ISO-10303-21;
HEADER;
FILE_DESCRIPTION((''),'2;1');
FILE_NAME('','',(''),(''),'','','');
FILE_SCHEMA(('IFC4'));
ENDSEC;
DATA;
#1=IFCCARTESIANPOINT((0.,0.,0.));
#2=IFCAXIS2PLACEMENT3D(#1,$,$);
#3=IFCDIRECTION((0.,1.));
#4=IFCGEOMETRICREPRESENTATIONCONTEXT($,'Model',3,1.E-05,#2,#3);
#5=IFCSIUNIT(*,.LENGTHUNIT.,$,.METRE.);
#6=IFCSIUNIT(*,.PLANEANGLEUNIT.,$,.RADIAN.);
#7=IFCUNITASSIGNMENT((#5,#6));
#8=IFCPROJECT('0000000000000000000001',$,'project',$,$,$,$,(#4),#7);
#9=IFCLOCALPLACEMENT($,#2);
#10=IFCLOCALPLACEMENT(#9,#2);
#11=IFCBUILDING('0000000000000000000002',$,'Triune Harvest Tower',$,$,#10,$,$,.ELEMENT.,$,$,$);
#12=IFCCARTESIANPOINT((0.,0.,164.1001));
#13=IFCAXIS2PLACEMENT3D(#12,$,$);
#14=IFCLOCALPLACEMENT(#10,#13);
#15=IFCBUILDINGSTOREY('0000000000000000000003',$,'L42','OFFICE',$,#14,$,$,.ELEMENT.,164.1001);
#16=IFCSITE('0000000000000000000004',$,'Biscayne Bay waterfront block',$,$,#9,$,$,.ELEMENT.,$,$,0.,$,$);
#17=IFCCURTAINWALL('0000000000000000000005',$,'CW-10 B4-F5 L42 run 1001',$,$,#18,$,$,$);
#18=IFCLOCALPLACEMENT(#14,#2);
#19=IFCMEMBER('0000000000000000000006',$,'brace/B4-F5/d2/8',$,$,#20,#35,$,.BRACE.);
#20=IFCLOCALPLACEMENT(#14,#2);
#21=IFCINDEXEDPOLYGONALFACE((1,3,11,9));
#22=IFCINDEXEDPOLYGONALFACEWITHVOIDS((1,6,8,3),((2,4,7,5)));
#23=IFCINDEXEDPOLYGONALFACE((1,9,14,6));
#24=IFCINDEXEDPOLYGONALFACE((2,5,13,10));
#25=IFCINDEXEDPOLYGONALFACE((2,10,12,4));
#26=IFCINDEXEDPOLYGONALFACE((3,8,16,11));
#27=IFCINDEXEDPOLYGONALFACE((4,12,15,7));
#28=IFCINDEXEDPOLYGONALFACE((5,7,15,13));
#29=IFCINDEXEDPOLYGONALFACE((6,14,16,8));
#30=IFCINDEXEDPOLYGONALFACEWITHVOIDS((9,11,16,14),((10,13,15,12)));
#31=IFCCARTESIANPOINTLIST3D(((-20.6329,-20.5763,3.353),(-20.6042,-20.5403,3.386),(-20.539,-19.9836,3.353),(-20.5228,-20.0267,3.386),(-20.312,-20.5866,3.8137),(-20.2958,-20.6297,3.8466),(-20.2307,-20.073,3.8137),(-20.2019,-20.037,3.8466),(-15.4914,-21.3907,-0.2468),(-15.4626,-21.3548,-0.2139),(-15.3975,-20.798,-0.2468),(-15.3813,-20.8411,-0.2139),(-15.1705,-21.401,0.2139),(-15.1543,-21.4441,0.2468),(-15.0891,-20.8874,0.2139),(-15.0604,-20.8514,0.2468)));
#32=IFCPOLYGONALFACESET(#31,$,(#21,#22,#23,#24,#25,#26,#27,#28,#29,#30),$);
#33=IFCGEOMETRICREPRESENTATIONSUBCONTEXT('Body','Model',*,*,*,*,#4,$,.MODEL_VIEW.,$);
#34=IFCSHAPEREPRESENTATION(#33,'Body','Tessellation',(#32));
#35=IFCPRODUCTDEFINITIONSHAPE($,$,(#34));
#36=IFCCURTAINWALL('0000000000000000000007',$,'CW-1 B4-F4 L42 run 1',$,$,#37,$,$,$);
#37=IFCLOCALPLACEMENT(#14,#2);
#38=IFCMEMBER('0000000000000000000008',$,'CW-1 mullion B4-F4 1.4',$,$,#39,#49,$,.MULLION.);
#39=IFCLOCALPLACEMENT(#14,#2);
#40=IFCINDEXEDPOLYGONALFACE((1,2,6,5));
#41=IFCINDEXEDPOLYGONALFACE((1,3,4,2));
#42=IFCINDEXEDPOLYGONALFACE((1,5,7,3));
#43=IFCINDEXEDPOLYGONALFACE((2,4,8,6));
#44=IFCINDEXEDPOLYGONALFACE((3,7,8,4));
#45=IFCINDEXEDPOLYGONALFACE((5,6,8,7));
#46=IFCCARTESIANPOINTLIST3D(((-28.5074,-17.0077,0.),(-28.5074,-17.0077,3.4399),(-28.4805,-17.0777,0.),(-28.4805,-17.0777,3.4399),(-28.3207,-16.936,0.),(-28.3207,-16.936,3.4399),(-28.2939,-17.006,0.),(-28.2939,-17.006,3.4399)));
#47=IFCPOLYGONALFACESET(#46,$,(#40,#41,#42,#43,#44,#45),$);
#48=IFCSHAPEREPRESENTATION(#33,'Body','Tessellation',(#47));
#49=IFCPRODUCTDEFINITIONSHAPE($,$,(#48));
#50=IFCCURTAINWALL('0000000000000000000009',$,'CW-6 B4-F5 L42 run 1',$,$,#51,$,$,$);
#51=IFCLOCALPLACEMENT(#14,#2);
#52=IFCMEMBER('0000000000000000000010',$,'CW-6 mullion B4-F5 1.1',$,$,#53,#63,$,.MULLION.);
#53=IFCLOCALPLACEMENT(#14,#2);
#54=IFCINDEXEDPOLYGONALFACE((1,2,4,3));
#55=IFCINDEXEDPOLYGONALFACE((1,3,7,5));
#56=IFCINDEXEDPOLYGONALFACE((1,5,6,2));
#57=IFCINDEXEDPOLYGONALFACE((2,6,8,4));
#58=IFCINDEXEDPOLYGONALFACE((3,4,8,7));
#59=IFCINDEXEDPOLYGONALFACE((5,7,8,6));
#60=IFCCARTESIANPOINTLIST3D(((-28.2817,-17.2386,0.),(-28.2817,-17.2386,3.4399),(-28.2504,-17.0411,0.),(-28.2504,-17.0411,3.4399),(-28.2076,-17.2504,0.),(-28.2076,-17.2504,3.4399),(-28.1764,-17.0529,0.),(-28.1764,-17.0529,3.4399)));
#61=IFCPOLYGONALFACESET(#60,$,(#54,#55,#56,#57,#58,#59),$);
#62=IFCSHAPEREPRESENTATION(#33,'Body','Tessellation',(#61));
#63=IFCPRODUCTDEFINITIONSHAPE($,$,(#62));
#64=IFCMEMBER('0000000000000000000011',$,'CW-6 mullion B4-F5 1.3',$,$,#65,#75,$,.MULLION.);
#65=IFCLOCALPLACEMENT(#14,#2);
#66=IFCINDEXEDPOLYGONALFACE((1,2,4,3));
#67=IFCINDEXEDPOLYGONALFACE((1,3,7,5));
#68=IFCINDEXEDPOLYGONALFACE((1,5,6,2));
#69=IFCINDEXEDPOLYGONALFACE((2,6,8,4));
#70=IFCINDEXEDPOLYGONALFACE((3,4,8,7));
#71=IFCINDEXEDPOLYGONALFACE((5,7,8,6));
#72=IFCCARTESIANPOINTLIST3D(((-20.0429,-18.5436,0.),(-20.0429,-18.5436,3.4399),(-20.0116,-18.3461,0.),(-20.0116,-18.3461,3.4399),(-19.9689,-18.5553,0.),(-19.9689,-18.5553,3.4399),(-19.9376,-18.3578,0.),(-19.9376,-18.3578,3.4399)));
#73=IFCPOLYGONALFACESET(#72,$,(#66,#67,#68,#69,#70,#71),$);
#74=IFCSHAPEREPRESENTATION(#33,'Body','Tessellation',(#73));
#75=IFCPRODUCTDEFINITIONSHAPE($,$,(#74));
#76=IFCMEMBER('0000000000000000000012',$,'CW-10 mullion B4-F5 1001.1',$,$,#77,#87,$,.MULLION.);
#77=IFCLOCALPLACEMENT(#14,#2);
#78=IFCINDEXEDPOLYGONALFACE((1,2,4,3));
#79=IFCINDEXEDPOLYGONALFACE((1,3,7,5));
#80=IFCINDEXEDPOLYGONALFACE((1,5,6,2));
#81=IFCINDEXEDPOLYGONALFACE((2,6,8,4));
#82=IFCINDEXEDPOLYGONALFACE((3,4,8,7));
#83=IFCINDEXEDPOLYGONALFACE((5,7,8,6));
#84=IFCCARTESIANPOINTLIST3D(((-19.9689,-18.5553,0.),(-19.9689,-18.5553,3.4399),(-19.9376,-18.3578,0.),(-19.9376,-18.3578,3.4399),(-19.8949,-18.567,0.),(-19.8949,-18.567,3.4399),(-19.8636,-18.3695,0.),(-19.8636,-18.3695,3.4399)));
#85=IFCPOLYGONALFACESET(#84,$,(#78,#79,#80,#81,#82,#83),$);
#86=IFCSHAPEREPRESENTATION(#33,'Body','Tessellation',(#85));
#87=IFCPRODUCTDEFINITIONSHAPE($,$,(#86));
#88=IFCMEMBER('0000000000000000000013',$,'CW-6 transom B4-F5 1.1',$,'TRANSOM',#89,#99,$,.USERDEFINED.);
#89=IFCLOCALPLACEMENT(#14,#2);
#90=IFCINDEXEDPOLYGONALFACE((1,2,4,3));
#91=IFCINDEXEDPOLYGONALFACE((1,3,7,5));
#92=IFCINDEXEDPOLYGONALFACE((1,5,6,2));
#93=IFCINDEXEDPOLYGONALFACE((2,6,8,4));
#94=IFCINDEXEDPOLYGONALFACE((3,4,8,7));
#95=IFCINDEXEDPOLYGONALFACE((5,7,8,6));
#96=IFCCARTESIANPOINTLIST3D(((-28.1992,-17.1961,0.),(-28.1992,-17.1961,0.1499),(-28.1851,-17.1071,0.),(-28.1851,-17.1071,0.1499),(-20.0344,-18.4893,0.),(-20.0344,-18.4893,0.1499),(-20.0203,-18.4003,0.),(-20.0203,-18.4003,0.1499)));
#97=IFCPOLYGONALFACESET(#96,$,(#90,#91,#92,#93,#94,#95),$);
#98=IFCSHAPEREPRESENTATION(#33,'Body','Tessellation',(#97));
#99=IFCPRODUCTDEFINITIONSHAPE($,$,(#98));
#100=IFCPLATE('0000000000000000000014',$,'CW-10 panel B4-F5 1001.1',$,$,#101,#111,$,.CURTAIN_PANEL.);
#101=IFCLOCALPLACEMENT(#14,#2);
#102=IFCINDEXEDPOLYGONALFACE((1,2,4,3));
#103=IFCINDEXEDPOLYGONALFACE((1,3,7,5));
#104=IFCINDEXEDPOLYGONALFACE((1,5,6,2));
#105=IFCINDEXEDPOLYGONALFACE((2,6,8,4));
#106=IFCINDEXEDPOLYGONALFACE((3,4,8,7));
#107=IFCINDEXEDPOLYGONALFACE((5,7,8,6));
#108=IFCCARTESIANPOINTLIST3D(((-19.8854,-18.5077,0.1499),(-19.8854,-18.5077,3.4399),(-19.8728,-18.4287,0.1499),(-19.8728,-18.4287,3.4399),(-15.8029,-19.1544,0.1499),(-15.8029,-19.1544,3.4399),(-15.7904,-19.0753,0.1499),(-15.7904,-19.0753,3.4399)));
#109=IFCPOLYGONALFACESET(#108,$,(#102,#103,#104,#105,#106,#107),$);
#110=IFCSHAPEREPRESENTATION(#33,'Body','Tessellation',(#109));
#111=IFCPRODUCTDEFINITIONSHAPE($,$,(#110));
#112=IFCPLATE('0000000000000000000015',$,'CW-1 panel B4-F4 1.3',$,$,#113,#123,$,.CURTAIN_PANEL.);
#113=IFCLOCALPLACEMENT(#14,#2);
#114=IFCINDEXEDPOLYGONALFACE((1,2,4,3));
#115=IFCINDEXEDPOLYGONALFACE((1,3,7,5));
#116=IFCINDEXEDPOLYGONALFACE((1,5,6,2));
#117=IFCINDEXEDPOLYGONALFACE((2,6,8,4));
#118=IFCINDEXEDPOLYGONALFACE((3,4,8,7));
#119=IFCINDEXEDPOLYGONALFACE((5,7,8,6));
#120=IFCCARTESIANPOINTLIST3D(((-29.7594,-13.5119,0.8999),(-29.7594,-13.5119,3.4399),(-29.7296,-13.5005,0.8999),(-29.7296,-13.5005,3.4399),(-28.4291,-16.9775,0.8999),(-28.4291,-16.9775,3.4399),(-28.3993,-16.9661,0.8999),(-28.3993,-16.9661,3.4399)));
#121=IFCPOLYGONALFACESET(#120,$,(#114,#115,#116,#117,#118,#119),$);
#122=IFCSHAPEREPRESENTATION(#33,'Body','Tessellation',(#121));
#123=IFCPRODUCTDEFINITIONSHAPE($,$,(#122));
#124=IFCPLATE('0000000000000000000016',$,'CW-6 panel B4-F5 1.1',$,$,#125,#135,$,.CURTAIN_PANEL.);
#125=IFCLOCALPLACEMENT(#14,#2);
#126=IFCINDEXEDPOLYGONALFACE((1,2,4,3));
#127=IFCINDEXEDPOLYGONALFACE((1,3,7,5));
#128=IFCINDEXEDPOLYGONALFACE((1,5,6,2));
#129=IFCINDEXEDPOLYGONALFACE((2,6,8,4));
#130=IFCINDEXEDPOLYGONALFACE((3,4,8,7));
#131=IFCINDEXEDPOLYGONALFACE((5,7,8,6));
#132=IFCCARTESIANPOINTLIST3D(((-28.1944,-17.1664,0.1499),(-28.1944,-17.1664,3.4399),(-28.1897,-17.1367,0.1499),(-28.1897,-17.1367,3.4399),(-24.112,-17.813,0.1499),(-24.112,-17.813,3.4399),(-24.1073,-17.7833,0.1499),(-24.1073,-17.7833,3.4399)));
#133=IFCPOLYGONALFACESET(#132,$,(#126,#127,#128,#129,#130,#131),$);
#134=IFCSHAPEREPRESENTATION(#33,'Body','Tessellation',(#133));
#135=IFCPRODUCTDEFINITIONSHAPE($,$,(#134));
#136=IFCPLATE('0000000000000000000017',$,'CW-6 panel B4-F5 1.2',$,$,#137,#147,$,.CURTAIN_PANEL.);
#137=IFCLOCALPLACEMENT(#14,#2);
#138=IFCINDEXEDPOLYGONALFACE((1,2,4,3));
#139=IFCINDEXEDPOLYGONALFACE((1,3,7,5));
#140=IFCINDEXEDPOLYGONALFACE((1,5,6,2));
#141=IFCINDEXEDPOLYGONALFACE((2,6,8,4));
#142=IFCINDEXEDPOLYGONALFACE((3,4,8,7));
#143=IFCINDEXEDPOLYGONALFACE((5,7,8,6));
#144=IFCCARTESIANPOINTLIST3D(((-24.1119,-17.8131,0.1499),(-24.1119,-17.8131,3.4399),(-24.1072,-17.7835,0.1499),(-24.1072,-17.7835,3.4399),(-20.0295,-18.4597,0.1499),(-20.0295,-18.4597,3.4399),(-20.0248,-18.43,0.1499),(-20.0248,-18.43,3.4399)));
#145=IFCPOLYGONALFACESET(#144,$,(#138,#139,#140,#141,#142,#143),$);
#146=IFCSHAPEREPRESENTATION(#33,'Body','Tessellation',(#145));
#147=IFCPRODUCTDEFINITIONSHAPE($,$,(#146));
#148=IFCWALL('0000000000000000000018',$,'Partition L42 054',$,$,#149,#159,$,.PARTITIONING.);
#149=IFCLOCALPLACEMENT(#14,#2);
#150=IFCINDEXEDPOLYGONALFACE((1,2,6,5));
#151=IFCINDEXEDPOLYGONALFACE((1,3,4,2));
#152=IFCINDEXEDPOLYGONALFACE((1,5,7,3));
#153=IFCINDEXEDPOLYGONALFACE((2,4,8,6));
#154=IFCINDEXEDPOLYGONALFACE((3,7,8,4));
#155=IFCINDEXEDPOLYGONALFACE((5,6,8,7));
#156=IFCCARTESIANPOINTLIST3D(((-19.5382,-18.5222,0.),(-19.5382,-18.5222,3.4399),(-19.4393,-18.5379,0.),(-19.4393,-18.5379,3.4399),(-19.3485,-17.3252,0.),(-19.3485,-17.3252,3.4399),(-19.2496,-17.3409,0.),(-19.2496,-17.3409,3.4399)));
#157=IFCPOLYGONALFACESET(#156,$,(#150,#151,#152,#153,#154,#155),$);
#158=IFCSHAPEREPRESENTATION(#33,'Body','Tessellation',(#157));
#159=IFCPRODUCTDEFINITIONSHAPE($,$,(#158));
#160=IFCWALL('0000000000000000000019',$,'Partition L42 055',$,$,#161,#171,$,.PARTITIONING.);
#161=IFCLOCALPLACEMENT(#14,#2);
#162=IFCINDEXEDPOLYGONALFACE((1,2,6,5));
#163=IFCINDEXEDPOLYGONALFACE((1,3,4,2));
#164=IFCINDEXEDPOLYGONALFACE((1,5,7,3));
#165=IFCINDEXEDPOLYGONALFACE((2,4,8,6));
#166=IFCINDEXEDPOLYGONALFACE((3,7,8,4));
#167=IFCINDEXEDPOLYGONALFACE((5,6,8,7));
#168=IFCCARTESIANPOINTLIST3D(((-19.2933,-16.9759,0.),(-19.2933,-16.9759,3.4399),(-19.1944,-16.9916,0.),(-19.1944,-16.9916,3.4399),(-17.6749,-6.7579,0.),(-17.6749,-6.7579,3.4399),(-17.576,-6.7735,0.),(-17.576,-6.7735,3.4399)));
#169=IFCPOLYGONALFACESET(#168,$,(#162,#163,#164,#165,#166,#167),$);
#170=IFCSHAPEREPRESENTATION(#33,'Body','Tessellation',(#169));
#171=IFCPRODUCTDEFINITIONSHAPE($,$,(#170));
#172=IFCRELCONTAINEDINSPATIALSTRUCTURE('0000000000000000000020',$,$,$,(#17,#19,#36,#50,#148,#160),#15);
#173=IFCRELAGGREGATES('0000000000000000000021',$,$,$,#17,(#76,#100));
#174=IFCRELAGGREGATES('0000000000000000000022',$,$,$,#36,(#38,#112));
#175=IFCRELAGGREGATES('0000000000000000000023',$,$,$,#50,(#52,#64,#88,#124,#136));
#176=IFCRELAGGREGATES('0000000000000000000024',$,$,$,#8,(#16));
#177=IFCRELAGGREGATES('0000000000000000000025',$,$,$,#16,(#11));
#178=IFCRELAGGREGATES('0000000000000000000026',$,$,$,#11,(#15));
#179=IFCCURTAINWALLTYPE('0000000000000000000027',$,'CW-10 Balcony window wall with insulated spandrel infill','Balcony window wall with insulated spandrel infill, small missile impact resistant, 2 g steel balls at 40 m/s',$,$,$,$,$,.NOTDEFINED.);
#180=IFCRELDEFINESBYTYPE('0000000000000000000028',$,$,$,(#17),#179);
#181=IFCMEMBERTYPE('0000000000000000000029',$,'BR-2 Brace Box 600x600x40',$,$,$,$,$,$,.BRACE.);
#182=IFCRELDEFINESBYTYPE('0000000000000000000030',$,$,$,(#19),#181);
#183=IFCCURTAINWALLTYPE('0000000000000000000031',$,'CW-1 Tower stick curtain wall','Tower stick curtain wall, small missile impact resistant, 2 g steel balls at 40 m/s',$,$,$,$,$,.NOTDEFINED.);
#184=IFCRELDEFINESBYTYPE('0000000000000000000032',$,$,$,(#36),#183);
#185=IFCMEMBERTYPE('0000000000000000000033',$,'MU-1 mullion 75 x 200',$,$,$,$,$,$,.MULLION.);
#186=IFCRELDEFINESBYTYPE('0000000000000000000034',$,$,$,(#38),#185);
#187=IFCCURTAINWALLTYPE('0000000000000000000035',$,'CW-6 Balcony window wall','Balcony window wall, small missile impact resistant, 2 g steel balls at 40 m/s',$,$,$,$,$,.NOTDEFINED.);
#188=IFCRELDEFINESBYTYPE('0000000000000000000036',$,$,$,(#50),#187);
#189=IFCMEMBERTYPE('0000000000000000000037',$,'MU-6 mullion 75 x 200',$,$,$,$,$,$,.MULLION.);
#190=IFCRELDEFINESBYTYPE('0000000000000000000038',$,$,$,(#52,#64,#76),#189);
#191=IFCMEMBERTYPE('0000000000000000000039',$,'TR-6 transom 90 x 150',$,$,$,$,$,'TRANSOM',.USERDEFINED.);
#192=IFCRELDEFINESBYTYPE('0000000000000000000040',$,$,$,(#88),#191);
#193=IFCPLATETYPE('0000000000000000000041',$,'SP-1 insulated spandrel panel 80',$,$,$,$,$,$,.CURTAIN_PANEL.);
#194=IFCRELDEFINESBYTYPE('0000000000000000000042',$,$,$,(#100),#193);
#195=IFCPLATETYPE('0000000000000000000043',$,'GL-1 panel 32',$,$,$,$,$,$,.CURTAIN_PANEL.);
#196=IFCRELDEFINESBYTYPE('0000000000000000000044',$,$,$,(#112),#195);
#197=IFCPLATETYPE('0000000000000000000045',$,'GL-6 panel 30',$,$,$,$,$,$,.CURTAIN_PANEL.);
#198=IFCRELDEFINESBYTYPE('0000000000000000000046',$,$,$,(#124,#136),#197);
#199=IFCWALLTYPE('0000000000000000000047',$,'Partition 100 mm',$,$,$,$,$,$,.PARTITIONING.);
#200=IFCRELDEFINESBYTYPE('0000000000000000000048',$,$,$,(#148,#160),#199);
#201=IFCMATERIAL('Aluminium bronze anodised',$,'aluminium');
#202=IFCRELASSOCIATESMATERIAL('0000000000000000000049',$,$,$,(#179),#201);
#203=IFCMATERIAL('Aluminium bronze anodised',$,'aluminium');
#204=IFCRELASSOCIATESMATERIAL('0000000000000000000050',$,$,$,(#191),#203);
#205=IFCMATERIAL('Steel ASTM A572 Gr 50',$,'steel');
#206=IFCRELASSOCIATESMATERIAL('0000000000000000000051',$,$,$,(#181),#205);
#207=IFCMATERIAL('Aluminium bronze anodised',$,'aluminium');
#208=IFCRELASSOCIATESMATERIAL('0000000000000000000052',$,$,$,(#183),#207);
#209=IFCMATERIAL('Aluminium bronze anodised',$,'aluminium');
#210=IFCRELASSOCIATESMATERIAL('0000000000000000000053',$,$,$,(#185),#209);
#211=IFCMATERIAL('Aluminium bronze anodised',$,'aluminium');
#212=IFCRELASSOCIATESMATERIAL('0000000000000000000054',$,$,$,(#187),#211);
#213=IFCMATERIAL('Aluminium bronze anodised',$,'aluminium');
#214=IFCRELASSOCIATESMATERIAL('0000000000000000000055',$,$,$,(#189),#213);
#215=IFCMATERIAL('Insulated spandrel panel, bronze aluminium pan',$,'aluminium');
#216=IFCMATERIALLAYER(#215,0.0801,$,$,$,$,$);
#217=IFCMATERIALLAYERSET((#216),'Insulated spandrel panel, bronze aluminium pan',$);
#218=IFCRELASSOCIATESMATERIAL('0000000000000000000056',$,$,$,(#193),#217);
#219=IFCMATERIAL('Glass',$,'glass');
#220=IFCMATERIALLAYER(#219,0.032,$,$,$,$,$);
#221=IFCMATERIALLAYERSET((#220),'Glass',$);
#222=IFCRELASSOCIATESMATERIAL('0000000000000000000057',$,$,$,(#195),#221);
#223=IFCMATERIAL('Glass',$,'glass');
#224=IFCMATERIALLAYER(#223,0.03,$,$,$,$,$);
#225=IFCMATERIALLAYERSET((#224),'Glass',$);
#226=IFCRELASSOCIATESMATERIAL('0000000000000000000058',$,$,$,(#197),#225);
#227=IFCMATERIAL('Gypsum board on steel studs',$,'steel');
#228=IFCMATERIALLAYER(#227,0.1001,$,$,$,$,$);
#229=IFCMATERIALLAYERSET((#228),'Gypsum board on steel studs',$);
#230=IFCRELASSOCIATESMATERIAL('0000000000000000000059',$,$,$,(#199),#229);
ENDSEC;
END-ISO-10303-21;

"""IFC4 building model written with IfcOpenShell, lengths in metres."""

from ifc_helpers import new_model, si_unit, direction, frame, frame_2d, origin, origin_2d, place, context, subcontext, project, spatial, rectangle, hollow_rectangle, extrude, source, transform, mapped, material, layer, layer_set, material_profile, profile_set, type_object, element, aggregate, save


model = new_model("IFC4")

# Units and contexts
model_context = context("Model", 3, precision=1e-05, world=origin(), true_north=direction((0.0, 1.0)))
body_context = subcontext(model_context, "Body", "Model", "MODEL_VIEW")
ifc_project = project(units=[si_unit("LENGTHUNIT", "METRE"), si_unit("PLANEANGLEUNIT", "RADIAN")], contexts=[model_context])

# Site, building, storey
site_placement = place(None, origin())
site = spatial("IfcSite", under=ifc_project, at=site_placement, Name="Biscayne Bay waterfront block", CompositionType="ELEMENT", RefElevation=0.0)
building_placement = place(site_placement, origin())
building = spatial("IfcBuilding", under=site, at=building_placement, Name="Triune Harvest Tower", CompositionType="ELEMENT")
storey_placement = place(building_placement, frame((0.0, 0.0, 164.1001)))
storey = spatial("IfcBuildingStorey", under=building, at=storey_placement, Name="L42", Description="OFFICE", CompositionType="ELEMENT", Elevation=164.1001)

# Curtain wall
ifc_material_1 = material(Name="Aluminium bronze anodised", Category="aluminium")
curtain_wall_type_1 = type_object("IfcCurtainWallType", Name="CW-10 Balcony window wall with insulated spandrel infill", Description="Balcony window wall with insulated spandrel infill, small missile impact resistant, 2 g steel balls at 40 m/s", PredefinedType="NOTDEFINED", material=ifc_material_1)
curtain_wall_1_placement = place(storey_placement, origin())
curtain_wall_1 = element("IfcCurtainWall", 1, at=curtain_wall_1_placement, inside=storey, type_object=curtain_wall_type_1, Name="CW-10 B4-F5 L42 run 1001")
ifc_material_2 = material(Name="Aluminium bronze anodised", Category="aluminium")
ifc_material_profile_1 = material_profile(ifc_material_2, rectangle(XDim=0.0901, YDim=0.1499, at=origin_2d()), Name="TR-6 transom 90 x 150")
ifc_profile_set_1 = profile_set([ifc_material_profile_1], Name="Aluminium bronze anodised")
member_type_1 = type_object("IfcMemberType", Name="TR-6 transom 90 x 150", ElementType="TRANSOM", PredefinedType="USERDEFINED", material=ifc_profile_set_1)

# Member
ifc_material_3 = material(Name="Steel ASTM A572 Gr 50", Category="steel")
ifc_material_profile_2 = material_profile(ifc_material_3, hollow_rectangle(XDim=0.6001, YDim=0.6001, WallThickness=0.04, at=origin_2d()), Name="Box 600x600x40")
ifc_profile_set_2 = profile_set([ifc_material_profile_2], Name="Steel ASTM A572 Gr 50")
member_type_2 = type_object("IfcMemberType", Name="BR-2 Brace Box 600x600x40", PredefinedType="BRACE", material=ifc_profile_set_2)
shared_shape_1 = source(origin(), body_context, "Body", "SweptSolid", [
    extrude(hollow_rectangle(XDim=0.6001, YDim=0.6001, WallThickness=0.04, at=origin_2d()), origin(), (0.0, 0.0, 1.0), 6.3291),
])
member_1_placement = place(storey_placement, frame((-15.2759, -21.1211, 0.0), z_axis=(-0.812366, 0.128683, 0.568772), x_axis=(-0.156454, -0.987685, 0.0)))
element("IfcMember", 2, at=member_1_placement, inside=storey, type_object=member_type_2, Name="brace/B4-F5/d2/8", PredefinedType="BRACE", context=body_context, shape_type="MappedRepresentation", body=[
    mapped(shared_shape_1, transform((0.0, 0.0, 0.0), scale=1.0)),
])

# Curtain wall, member
ifc_material_4 = material(Name="Aluminium bronze anodised", Category="aluminium")
curtain_wall_type_2 = type_object("IfcCurtainWallType", Name="CW-1 Tower stick curtain wall", Description="Tower stick curtain wall, small missile impact resistant, 2 g steel balls at 40 m/s", PredefinedType="NOTDEFINED", material=ifc_material_4)
curtain_wall_2_placement = place(storey_placement, origin())
curtain_wall_2 = element("IfcCurtainWall", 3, at=curtain_wall_2_placement, inside=storey, type_object=curtain_wall_type_2, Name="CW-1 B4-F4 L42 run 1")
ifc_material_5 = material(Name="Aluminium bronze anodised", Category="aluminium")
ifc_material_profile_3 = material_profile(ifc_material_5, rectangle(XDim=0.2, YDim=0.075, at=origin_2d()), Name="MU-1 mullion 75 x 200")
ifc_profile_set_3 = profile_set([ifc_material_profile_3], Name="Aluminium bronze anodised")
member_type_3 = type_object("IfcMemberType", Name="MU-1 mullion 75 x 200", PredefinedType="MULLION", material=ifc_profile_set_3)
shared_shape_2 = source(origin(), body_context, "Body", "SweptSolid", [
    extrude(rectangle(XDim=0.2, YDim=0.075, at=origin_2d()), origin(), (0.0, 0.0, 1.0), 3.4399),
])
member_2_placement = place(storey_placement, frame((-28.4006, -17.0068, 0.0), z_axis=(0.0, 0.0, 1.0), x_axis=(0.93358, 0.358369, 0.0)))
member_2 = element("IfcMember", 4, at=member_2_placement, type_object=member_type_3, Name="CW-1 mullion B4-F4 1.4", PredefinedType="MULLION", context=body_context, shape_type="MappedRepresentation", body=[
    mapped(shared_shape_2, transform((0.0, 0.0, 0.0), scale=1.0)),
])

# Curtain wall, members
ifc_material_6 = material(Name="Aluminium bronze anodised", Category="aluminium")
curtain_wall_type_3 = type_object("IfcCurtainWallType", Name="CW-6 Balcony window wall", Description="Balcony window wall, small missile impact resistant, 2 g steel balls at 40 m/s", PredefinedType="NOTDEFINED", material=ifc_material_6)
curtain_wall_3_placement = place(storey_placement, origin())
curtain_wall_3 = element("IfcCurtainWall", 5, at=curtain_wall_3_placement, inside=storey, type_object=curtain_wall_type_3, Name="CW-6 B4-F5 L42 run 1")
ifc_material_7 = material(Name="Aluminium bronze anodised", Category="aluminium")
ifc_material_profile_4 = material_profile(ifc_material_7, rectangle(XDim=0.2, YDim=0.075, at=origin_2d()), Name="MU-6 mullion 75 x 200")
ifc_profile_set_4 = profile_set([ifc_material_profile_4], Name="Aluminium bronze anodised")
member_type_4 = type_object("IfcMemberType", Name="MU-6 mullion 75 x 200", PredefinedType="MULLION", material=ifc_profile_set_4)
shared_shape_3 = source(origin(), body_context, "Body", "SweptSolid", [
    extrude(rectangle(XDim=0.2, YDim=0.075, at=origin_2d()), origin(), (0.0, 0.0, 1.0), 3.4399),
])
member_3_placement = place(storey_placement, frame((-28.229, -17.1458, 0.0), z_axis=(0.0, 0.0, 1.0), x_axis=(0.156433, 0.987689, 0.0)))
member_3 = element("IfcMember", 6, at=member_3_placement, type_object=member_type_4, Name="CW-6 mullion B4-F5 1.1", PredefinedType="MULLION", context=body_context, shape_type="MappedRepresentation", body=[
    mapped(shared_shape_3, transform((0.0, 0.0, 0.0), scale=1.0)),
])
member_4_placement = place(storey_placement, frame((-19.9902, -18.4507, 0.0), z_axis=(0.0, 0.0, 1.0), x_axis=(0.156433, 0.987689, 0.0)))
member_4 = element("IfcMember", 7, at=member_4_placement, type_object=member_type_4, Name="CW-6 mullion B4-F5 1.3", PredefinedType="MULLION", context=body_context, shape_type="MappedRepresentation", body=[
    mapped(shared_shape_3, transform((0.0, 0.0, 0.0), scale=1.0)),
])

# Members
member_5_placement = place(storey_placement, frame((-19.9163, -18.4624, 0.0), z_axis=(0.0, 0.0, 1.0), x_axis=(0.156438, 0.987688, 0.0)))
member_5 = element("IfcMember", 8, at=member_5_placement, type_object=member_type_4, Name="CW-10 mullion B4-F5 1001.1", PredefinedType="MULLION", context=body_context, shape_type="MappedRepresentation", body=[
    mapped(shared_shape_3, transform((0.0, 0.0, 0.0), scale=1.0)),
])
shared_shape_4 = source(origin(), body_context, "Body", "SweptSolid", [
    extrude(rectangle(XDim=0.0901, YDim=0.1499, at=origin_2d()), origin(), (0.0, 0.0, 1.0), 8.2666),
])
member_6_placement = place(storey_placement, frame((-28.1921, -17.1516, 0.075), z_axis=(0.987688, -0.156439, 0.0), x_axis=(0.156439, 0.987688, 0.0)))
member_6 = element("IfcMember", 9, at=member_6_placement, type_object=member_type_1, Name="CW-6 transom B4-F5 1.1", ObjectType="TRANSOM", PredefinedType="USERDEFINED", context=body_context, shape_type="MappedRepresentation", body=[
    mapped(shared_shape_4, transform((0.0, 0.0, 0.0), scale=1.0)),
])

# Plates
ifc_material_8 = material(Name="Insulated spandrel panel, bronze aluminium pan", Category="aluminium")
ifc_layer_1 = layer(ifc_material_8, 0.0801)
ifc_layer_set_1 = layer_set([ifc_layer_1], Name="Insulated spandrel panel, bronze aluminium pan")
plate_type_1 = type_object("IfcPlateType", Name="SP-1 insulated spandrel panel 80", PredefinedType="CURTAIN_PANEL", material=ifc_layer_set_1)
shared_shape_5 = source(origin(), body_context, "Body", "SweptSolid", [
    extrude(rectangle(XDim=4.1333, YDim=0.0801, at=origin_2d()), origin(), (0.0, 0.0, 1.0), 3.29),
])
plate_1_placement = place(storey_placement, frame((-17.8379, -18.7915, 0.1499), z_axis=(0.0, 0.0, 1.0), x_axis=(0.987688, -0.156438, 0.0)))
plate_1 = element("IfcPlate", 10, at=plate_1_placement, type_object=plate_type_1, Name="CW-10 panel B4-F5 1001.1", PredefinedType="CURTAIN_PANEL", context=body_context, shape_type="MappedRepresentation", body=[
    mapped(shared_shape_5, transform((0.0, 0.0, 0.0), scale=1.0)),
])
aggregate(curtain_wall_1, [member_5, plate_1])
ifc_material_9 = material(Name="Glass", Category="glass")
ifc_layer_2 = layer(ifc_material_9, 0.032)
ifc_layer_set_2 = layer_set([ifc_layer_2], Name="Glass")
plate_type_2 = type_object("IfcPlateType", Name="GL-1 panel 32", PredefinedType="CURTAIN_PANEL", material=ifc_layer_set_2)
shared_shape_6 = source(origin(), body_context, "Body", "SweptSolid", [
    extrude(rectangle(XDim=3.7122, YDim=0.032, at=origin_2d()), origin(), (0.0, 0.0, 1.0), 2.54),
])
plate_2_placement = place(storey_placement, frame((-29.0793, -15.239, 0.8999), z_axis=(0.0, 0.0, 1.0), x_axis=(0.358369, -0.93358, 0.0)))
plate_2 = element("IfcPlate", 11, at=plate_2_placement, type_object=plate_type_2, Name="CW-1 panel B4-F4 1.3", PredefinedType="CURTAIN_PANEL", context=body_context, shape_type="MappedRepresentation", body=[
    mapped(shared_shape_6, transform((0.0, 0.0, 0.0), scale=1.0)),
])
aggregate(curtain_wall_2, [member_2, plate_2])
ifc_material_10 = material(Name="Glass", Category="glass")
ifc_layer_3 = layer(ifc_material_10, 0.03)
ifc_layer_set_3 = layer_set([ifc_layer_3], Name="Glass")
plate_type_3 = type_object("IfcPlateType", Name="GL-6 panel 30", PredefinedType="CURTAIN_PANEL", material=ifc_layer_set_3)
shared_shape_7 = source(origin(), body_context, "Body", "SweptSolid", [
    extrude(rectangle(XDim=4.1333, YDim=0.03, at=origin_2d()), origin(), (0.0, 0.0, 1.0), 3.29),
])
plate_3_placement = place(storey_placement, frame((-26.1509, -17.4749, 0.1499), z_axis=(0.0, 0.0, 1.0), x_axis=(0.987689, -0.156433, 0.0)))
plate_3 = element("IfcPlate", 12, at=plate_3_placement, type_object=plate_type_3, Name="CW-6 panel B4-F5 1.1", PredefinedType="CURTAIN_PANEL", context=body_context, shape_type="MappedRepresentation", body=[
    mapped(shared_shape_7, transform((0.0, 0.0, 0.0), scale=1.0)),
])
plate_4_placement = place(storey_placement, frame((-22.0684, -18.1216, 0.1499), z_axis=(0.0, 0.0, 1.0), x_axis=(0.987689, -0.156433, 0.0)))
plate_4 = element("IfcPlate", 13, at=plate_4_placement, type_object=plate_type_3, Name="CW-6 panel B4-F5 1.2", PredefinedType="CURTAIN_PANEL", context=body_context, shape_type="MappedRepresentation", body=[
    mapped(shared_shape_7, transform((0.0, 0.0, 0.0), scale=1.0)),
])
aggregate(curtain_wall_3, [member_3, member_4, member_6, plate_3, plate_4])

# Walls
ifc_material_11 = material(Name="Gypsum board on steel studs", Category="steel")
ifc_layer_4 = layer(ifc_material_11, 0.1001)
ifc_layer_set_4 = layer_set([ifc_layer_4], Name="Gypsum board on steel studs")
wall_type_1 = type_object("IfcWallType", Name="Partition 100 mm", PredefinedType="PARTITIONING", material=ifc_layer_set_4)
shared_shape_8 = source(origin(), body_context, "Body", "SweptSolid", [
    extrude(rectangle(XDim=1.2119, YDim=0.1001, at=frame_2d((0.606, 0.0))), origin(), (0.0, 0.0, 1.0), 3.4399),
])
wall_1_placement = place(storey_placement, frame((-19.4888, -18.53, 0.0), z_axis=(0.0, 0.0, 1.0), x_axis=(0.156521, 0.987675, 0.0)))
element("IfcWall", 14, at=wall_1_placement, inside=storey, type_object=wall_type_1, Name="Partition L42 054", PredefinedType="PARTITIONING", context=body_context, shape_type="MappedRepresentation", body=[
    mapped(shared_shape_8, transform((0.0, 0.0, 0.0), scale=1.0)),
])
shared_shape_9 = source(origin(), body_context, "Body", "SweptSolid", [
    extrude(rectangle(XDim=10.3455, YDim=0.1001, at=frame_2d((5.1729, 0.0))), origin(), (0.0, 0.0, 1.0), 3.4399),
])
wall_2_placement = place(storey_placement, frame((-19.2439, -16.9839, 0.0), z_axis=(0.0, 0.0, 1.0), x_axis=(0.156438, 0.987688, 0.0)))
element("IfcWall", 15, at=wall_2_placement, inside=storey, type_object=wall_type_1, Name="Partition L42 055", PredefinedType="PARTITIONING", context=body_context, shape_type="MappedRepresentation", body=[
    mapped(shared_shape_9, transform((0.0, 0.0, 0.0), scale=1.0)),
])

save(model, "model.ifc")
